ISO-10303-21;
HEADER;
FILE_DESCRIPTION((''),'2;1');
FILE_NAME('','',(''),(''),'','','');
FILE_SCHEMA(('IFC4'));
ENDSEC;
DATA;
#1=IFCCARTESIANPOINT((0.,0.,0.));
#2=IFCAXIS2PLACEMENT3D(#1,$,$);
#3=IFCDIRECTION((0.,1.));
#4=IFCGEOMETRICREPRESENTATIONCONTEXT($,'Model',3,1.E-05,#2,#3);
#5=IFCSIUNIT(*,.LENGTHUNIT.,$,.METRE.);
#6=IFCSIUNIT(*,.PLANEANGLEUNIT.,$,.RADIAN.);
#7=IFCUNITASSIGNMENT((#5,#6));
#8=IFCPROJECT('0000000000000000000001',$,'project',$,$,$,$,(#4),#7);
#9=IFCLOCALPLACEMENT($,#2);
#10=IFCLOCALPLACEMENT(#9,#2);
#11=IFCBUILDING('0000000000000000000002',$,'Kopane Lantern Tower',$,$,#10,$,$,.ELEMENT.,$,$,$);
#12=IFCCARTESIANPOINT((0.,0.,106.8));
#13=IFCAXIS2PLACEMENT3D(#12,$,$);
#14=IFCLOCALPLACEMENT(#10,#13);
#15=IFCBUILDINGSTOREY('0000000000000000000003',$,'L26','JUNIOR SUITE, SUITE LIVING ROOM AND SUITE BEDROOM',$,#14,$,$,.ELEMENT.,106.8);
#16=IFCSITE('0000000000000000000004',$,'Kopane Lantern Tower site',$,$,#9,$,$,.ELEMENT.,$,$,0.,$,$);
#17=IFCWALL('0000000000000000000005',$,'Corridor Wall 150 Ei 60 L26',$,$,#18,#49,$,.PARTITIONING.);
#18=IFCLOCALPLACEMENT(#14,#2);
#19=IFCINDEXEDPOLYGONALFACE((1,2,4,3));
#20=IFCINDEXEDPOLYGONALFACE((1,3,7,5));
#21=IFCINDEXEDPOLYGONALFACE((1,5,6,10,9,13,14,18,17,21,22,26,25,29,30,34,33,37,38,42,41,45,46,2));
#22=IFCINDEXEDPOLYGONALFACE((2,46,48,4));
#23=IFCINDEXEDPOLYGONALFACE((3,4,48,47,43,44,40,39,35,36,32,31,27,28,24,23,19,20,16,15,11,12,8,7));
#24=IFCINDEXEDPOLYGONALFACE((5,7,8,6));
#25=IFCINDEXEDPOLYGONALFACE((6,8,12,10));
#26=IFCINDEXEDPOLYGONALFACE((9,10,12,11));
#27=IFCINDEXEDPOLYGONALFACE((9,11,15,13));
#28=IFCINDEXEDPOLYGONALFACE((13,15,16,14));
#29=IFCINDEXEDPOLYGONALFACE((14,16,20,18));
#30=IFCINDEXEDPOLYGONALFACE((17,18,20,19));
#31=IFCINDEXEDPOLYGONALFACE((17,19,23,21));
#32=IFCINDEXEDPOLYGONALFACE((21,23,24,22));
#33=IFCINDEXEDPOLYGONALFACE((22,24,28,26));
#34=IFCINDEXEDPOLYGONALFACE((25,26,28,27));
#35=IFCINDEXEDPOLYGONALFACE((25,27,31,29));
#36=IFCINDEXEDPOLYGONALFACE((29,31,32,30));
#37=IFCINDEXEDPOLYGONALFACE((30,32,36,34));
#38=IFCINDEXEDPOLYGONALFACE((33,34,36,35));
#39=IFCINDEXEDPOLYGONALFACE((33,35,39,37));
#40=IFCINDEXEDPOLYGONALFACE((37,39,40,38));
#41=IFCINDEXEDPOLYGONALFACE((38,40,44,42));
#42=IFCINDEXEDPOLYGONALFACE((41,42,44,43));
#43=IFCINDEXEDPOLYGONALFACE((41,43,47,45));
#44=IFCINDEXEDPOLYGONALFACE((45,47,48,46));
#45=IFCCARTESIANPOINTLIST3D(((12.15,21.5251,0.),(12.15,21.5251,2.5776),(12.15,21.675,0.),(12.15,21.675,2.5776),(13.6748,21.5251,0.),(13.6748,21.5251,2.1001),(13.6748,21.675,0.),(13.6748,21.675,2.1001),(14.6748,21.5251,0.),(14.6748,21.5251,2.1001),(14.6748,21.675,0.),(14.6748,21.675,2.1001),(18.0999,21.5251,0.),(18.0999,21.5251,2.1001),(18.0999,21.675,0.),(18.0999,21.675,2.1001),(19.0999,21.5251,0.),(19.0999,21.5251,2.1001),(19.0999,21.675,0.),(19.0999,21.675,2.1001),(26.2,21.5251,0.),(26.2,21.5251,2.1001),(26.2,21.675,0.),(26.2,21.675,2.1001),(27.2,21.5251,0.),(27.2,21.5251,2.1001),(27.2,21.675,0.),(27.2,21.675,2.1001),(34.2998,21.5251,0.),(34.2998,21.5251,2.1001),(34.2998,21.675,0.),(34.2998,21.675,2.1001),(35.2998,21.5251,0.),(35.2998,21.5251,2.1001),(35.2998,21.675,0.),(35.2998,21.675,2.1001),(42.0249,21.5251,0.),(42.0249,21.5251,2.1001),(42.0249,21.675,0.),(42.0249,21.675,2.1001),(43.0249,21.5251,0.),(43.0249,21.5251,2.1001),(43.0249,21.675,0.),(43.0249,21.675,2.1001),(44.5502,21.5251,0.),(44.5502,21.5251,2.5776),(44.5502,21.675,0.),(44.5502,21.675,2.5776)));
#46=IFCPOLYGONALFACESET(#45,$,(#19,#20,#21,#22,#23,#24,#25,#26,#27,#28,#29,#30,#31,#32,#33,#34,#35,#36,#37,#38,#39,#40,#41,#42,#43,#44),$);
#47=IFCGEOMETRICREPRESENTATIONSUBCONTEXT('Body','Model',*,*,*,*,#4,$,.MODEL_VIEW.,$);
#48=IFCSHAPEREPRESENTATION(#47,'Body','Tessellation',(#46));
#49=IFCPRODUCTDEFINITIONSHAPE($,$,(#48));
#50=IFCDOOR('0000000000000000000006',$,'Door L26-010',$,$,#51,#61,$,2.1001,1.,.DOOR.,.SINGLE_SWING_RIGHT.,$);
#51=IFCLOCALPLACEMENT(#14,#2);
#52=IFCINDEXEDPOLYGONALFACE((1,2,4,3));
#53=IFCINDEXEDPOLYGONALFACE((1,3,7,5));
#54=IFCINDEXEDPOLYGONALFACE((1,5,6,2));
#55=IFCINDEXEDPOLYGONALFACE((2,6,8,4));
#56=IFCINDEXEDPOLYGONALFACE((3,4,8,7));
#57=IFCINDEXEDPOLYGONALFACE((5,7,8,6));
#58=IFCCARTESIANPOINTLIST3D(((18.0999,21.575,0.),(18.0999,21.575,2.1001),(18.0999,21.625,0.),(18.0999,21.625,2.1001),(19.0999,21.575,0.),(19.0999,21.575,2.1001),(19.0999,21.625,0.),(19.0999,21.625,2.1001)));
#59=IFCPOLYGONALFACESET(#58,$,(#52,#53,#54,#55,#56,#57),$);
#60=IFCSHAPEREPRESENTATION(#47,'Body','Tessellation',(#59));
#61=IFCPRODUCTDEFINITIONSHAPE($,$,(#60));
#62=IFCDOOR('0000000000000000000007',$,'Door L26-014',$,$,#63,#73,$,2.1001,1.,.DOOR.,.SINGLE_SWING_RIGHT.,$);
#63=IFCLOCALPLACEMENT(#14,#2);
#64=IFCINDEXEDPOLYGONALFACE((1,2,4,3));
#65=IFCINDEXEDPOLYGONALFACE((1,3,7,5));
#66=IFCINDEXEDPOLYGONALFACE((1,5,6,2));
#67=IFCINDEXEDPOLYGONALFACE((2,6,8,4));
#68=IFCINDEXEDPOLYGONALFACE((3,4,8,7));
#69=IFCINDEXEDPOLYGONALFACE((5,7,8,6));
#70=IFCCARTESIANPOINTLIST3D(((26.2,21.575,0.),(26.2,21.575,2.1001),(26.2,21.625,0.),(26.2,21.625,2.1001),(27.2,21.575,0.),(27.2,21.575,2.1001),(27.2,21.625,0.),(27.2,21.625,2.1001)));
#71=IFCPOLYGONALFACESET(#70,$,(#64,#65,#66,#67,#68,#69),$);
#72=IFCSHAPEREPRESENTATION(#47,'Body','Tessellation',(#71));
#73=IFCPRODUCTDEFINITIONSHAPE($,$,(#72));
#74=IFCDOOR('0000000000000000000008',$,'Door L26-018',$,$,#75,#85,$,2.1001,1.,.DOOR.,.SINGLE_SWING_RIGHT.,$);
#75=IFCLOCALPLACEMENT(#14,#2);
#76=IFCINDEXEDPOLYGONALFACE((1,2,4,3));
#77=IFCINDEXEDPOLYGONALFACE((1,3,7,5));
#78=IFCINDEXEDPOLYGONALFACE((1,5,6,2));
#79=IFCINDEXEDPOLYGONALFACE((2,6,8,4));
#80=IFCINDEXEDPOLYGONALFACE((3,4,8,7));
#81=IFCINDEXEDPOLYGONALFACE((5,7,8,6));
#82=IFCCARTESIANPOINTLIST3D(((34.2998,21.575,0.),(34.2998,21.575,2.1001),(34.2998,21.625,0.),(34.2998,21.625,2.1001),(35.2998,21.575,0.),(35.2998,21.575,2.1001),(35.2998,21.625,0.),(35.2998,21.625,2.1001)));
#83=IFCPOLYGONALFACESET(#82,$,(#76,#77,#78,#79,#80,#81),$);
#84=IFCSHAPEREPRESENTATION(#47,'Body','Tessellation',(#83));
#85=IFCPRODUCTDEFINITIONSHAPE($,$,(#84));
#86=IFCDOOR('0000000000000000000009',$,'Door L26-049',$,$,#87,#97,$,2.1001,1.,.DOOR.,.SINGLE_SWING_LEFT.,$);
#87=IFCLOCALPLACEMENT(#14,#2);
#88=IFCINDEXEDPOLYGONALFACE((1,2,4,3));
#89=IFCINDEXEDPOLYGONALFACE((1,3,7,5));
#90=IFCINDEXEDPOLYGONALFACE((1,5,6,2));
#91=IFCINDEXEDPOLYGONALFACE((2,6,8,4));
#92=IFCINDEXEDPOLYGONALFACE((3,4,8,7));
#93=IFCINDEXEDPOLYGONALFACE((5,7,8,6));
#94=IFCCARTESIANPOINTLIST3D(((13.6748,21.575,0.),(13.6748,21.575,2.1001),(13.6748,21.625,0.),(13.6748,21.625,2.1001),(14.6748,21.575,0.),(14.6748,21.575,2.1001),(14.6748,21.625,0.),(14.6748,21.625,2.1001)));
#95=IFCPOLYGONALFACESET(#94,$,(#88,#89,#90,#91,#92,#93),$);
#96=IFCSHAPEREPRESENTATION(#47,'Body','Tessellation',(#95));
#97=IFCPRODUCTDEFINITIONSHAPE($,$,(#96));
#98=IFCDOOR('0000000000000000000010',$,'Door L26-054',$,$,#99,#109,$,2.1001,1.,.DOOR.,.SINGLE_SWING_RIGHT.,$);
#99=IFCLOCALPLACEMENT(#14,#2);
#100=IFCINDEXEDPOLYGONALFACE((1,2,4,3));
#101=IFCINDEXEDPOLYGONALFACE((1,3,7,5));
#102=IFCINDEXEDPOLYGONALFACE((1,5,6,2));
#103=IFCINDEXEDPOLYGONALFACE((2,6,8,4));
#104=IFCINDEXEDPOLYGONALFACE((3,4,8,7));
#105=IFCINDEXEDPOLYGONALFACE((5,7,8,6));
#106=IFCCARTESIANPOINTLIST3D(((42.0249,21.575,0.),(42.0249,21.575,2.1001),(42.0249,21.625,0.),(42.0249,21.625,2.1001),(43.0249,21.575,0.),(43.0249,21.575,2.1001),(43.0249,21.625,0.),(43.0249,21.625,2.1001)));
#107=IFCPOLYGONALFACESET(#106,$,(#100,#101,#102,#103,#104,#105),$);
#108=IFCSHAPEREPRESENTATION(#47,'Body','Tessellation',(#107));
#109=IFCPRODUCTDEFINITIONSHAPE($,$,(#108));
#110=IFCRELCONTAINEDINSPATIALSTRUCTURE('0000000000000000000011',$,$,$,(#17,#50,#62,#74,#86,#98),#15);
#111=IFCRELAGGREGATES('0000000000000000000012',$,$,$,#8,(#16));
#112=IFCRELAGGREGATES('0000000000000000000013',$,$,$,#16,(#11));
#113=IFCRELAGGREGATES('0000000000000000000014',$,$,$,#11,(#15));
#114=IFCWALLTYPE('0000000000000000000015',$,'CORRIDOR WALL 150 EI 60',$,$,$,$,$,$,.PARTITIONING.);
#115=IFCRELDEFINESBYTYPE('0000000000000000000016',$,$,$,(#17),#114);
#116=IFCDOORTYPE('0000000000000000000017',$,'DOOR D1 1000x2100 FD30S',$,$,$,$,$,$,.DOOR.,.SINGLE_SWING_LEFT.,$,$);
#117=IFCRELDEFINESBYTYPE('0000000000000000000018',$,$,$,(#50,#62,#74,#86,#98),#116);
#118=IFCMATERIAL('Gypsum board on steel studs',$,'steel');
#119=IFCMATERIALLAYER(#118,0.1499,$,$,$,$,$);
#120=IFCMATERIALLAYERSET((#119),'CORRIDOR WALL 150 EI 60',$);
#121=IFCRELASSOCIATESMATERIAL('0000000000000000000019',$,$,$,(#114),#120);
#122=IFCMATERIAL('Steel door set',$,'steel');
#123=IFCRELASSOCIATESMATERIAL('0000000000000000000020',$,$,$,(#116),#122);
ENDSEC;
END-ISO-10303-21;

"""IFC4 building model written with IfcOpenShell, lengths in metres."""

from ifc_helpers import new_model, si_unit, direction, frame, frame_2d, origin, place, context, subcontext, project, spatial, rectangle, extrude, material, layer, layer_set, type_object, element, fill, save


model = new_model("IFC4")

# Units and contexts
model_context = context("Model", 3, precision=1e-05, world=origin(), true_north=direction((0.0, 1.0)))
body_context = subcontext(model_context, "Body", "Model", "MODEL_VIEW")
ifc_project = project(units=[si_unit("LENGTHUNIT", "METRE"), si_unit("PLANEANGLEUNIT", "RADIAN")], contexts=[model_context])

# Site, building, storey
site_placement = place(None, origin())
site = spatial("IfcSite", under=ifc_project, at=site_placement, Name="Kopane Lantern Tower site", CompositionType="ELEMENT", RefElevation=0.0)
building_placement = place(site_placement, origin())
building = spatial("IfcBuilding", under=site, at=building_placement, Name="Kopane Lantern Tower", CompositionType="ELEMENT")
storey_placement = place(building_placement, frame((0.0, 0.0, 106.8)))
storey = spatial("IfcBuildingStorey", under=building, at=storey_placement, Name="L26", Description="JUNIOR SUITE, SUITE LIVING ROOM AND SUITE BEDROOM", CompositionType="ELEMENT", Elevation=106.8)

# Wall, openings, doors
ifc_material_1 = material(Name="Gypsum board on steel studs", Category="steel")
ifc_layer_1 = layer(ifc_material_1, 0.1499)
ifc_layer_set_1 = layer_set([ifc_layer_1], Name="CORRIDOR WALL 150 EI 60")
wall_type_1 = type_object("IfcWallType", Name="CORRIDOR WALL 150 EI 60", PredefinedType="PARTITIONING", material=ifc_layer_set_1)
wall_1_placement = place(storey_placement, frame((12.1499, 21.6001, 0.0), z_axis=(0.0, 0.0, 1.0), x_axis=(1.0, 0.0, 0.0)))
wall_1 = element("IfcWall", 1, at=wall_1_placement, inside=storey, type_object=wall_type_1, Name="Corridor Wall 150 Ei 60 L26", PredefinedType="PARTITIONING", context=body_context, shape_type="SweptSolid", body=[
    extrude(rectangle(XDim=32.4001, YDim=0.1499, at=frame_2d((16.2002, 0.0))), origin(), (0.0, 0.0, 1.0), 2.5776),
])
opening_1_placement = place(wall_1_placement, frame((5.95, 0.0, 0.0)))
opening_1 = element("IfcOpeningElement", 2, at=opening_1_placement, cuts=wall_1, PredefinedType="OPENING", context=body_context, shape_type="SweptSolid", body=[
    extrude(rectangle(XDim=1.0, YDim=2.1001, at=frame_2d((0.5, 1.05))), frame((0.0, 0.085, 0.0), z_axis=(0.0, -1.0, 0.0), x_axis=(1.0, 0.0, 0.0)), (0.0, 0.0, 1.0), 0.1699),
])
opening_2_placement = place(wall_1_placement, frame((14.05, 0.0, 0.0)))
opening_2 = element("IfcOpeningElement", 3, at=opening_2_placement, cuts=wall_1, PredefinedType="OPENING", context=body_context, shape_type="SweptSolid", body=[
    extrude(rectangle(XDim=1.0, YDim=2.1001, at=frame_2d((0.5, 1.05))), frame((0.0, 0.085, 0.0), z_axis=(0.0, -1.0, 0.0), x_axis=(1.0, 0.0, 0.0)), (0.0, 0.0, 1.0), 0.1699),
])
opening_3_placement = place(wall_1_placement, frame((22.1499, 0.0, 0.0)))
opening_3 = element("IfcOpeningElement", 4, at=opening_3_placement, cuts=wall_1, PredefinedType="OPENING", context=body_context, shape_type="SweptSolid", body=[
    extrude(rectangle(XDim=1.0, YDim=2.1001, at=frame_2d((0.5, 1.05))), frame((0.0, 0.085, 0.0), z_axis=(0.0, -1.0, 0.0), x_axis=(1.0, 0.0, 0.0)), (0.0, 0.0, 1.0), 0.1699),
])
opening_4_placement = place(wall_1_placement, frame((1.5249, 0.0, 0.0)))
opening_4 = element("IfcOpeningElement", 5, at=opening_4_placement, cuts=wall_1, PredefinedType="OPENING", context=body_context, shape_type="SweptSolid", body=[
    extrude(rectangle(XDim=1.0, YDim=2.1001, at=frame_2d((0.5, 1.05))), frame((0.0, 0.085, 0.0), z_axis=(0.0, -1.0, 0.0), x_axis=(1.0, 0.0, 0.0)), (0.0, 0.0, 1.0), 0.1699),
])
opening_5_placement = place(wall_1_placement, frame((29.875, 0.0, 0.0)))
opening_5 = element("IfcOpeningElement", 6, at=opening_5_placement, cuts=wall_1, PredefinedType="OPENING", context=body_context, shape_type="SweptSolid", body=[
    extrude(rectangle(XDim=1.0, YDim=2.1001, at=frame_2d((0.5, 1.05))), frame((0.0, 0.085, 0.0), z_axis=(0.0, -1.0, 0.0), x_axis=(1.0, 0.0, 0.0)), (0.0, 0.0, 1.0), 0.1699),
])
ifc_material_2 = material(Name="Steel door set", Category="steel")
door_type_1 = type_object("IfcDoorType", Name="DOOR D1 1000x2100 FD30S", OperationType="SINGLE_SWING_LEFT", PredefinedType="DOOR", material=ifc_material_2)
door_1_placement = place(opening_1_placement, origin())
door_1 = element("IfcDoor", 7, at=door_1_placement, inside=storey, type_object=door_type_1, Name="Door L26-010", OperationType="SINGLE_SWING_RIGHT", OverallHeight=2.1001, OverallWidth=1.0, PredefinedType="DOOR", context=body_context, shape_type="SweptSolid", body=[
    extrude(rectangle(XDim=1.0, YDim=2.1001, at=frame_2d((0.5, 1.05))), frame((0.0, 0.0249, 0.0), z_axis=(0.0, -1.0, 0.0), x_axis=(1.0, 0.0, 0.0)), (0.0, 0.0, 1.0), 0.05),
])
fill(opening_1, door_1)
door_2_placement = place(opening_2_placement, origin())
door_2 = element("IfcDoor", 8, at=door_2_placement, inside=storey, type_object=door_type_1, Name="Door L26-014", OperationType="SINGLE_SWING_RIGHT", OverallHeight=2.1001, OverallWidth=1.0, PredefinedType="DOOR", context=body_context, shape_type="SweptSolid", body=[
    extrude(rectangle(XDim=1.0, YDim=2.1001, at=frame_2d((0.5, 1.05))), frame((0.0, 0.0249, 0.0), z_axis=(0.0, -1.0, 0.0), x_axis=(1.0, 0.0, 0.0)), (0.0, 0.0, 1.0), 0.05),
])
fill(opening_2, door_2)
door_3_placement = place(opening_3_placement, origin())
door_3 = element("IfcDoor", 9, at=door_3_placement, inside=storey, type_object=door_type_1, Name="Door L26-018", OperationType="SINGLE_SWING_RIGHT", OverallHeight=2.1001, OverallWidth=1.0, PredefinedType="DOOR", context=body_context, shape_type="SweptSolid", body=[
    extrude(rectangle(XDim=1.0, YDim=2.1001, at=frame_2d((0.5, 1.05))), frame((0.0, 0.0249, 0.0), z_axis=(0.0, -1.0, 0.0), x_axis=(1.0, 0.0, 0.0)), (0.0, 0.0, 1.0), 0.05),
])
fill(opening_3, door_3)
door_4_placement = place(opening_4_placement, origin())
door_4 = element("IfcDoor", 10, at=door_4_placement, inside=storey, type_object=door_type_1, Name="Door L26-049", OperationType="SINGLE_SWING_LEFT", OverallHeight=2.1001, OverallWidth=1.0, PredefinedType="DOOR", context=body_context, shape_type="SweptSolid", body=[
    extrude(rectangle(XDim=1.0, YDim=2.1001, at=frame_2d((0.5, 1.05))), frame((0.0, 0.0249, 0.0), z_axis=(0.0, -1.0, 0.0), x_axis=(1.0, 0.0, 0.0)), (0.0, 0.0, 1.0), 0.05),
])
fill(opening_4, door_4)
door_5_placement = place(opening_5_placement, origin())
door_5 = element("IfcDoor", 11, at=door_5_placement, inside=storey, type_object=door_type_1, Name="Door L26-054", OperationType="SINGLE_SWING_RIGHT", OverallHeight=2.1001, OverallWidth=1.0, PredefinedType="DOOR", context=body_context, shape_type="SweptSolid", body=[
    extrude(rectangle(XDim=1.0, YDim=2.1001, at=frame_2d((0.5, 1.05))), frame((0.0, 0.0249, 0.0), z_axis=(0.0, -1.0, 0.0), x_axis=(1.0, 0.0, 0.0)), (0.0, 0.0, 1.0), 0.05),
])
fill(opening_5, door_5)

save(model, "model.ifc")
